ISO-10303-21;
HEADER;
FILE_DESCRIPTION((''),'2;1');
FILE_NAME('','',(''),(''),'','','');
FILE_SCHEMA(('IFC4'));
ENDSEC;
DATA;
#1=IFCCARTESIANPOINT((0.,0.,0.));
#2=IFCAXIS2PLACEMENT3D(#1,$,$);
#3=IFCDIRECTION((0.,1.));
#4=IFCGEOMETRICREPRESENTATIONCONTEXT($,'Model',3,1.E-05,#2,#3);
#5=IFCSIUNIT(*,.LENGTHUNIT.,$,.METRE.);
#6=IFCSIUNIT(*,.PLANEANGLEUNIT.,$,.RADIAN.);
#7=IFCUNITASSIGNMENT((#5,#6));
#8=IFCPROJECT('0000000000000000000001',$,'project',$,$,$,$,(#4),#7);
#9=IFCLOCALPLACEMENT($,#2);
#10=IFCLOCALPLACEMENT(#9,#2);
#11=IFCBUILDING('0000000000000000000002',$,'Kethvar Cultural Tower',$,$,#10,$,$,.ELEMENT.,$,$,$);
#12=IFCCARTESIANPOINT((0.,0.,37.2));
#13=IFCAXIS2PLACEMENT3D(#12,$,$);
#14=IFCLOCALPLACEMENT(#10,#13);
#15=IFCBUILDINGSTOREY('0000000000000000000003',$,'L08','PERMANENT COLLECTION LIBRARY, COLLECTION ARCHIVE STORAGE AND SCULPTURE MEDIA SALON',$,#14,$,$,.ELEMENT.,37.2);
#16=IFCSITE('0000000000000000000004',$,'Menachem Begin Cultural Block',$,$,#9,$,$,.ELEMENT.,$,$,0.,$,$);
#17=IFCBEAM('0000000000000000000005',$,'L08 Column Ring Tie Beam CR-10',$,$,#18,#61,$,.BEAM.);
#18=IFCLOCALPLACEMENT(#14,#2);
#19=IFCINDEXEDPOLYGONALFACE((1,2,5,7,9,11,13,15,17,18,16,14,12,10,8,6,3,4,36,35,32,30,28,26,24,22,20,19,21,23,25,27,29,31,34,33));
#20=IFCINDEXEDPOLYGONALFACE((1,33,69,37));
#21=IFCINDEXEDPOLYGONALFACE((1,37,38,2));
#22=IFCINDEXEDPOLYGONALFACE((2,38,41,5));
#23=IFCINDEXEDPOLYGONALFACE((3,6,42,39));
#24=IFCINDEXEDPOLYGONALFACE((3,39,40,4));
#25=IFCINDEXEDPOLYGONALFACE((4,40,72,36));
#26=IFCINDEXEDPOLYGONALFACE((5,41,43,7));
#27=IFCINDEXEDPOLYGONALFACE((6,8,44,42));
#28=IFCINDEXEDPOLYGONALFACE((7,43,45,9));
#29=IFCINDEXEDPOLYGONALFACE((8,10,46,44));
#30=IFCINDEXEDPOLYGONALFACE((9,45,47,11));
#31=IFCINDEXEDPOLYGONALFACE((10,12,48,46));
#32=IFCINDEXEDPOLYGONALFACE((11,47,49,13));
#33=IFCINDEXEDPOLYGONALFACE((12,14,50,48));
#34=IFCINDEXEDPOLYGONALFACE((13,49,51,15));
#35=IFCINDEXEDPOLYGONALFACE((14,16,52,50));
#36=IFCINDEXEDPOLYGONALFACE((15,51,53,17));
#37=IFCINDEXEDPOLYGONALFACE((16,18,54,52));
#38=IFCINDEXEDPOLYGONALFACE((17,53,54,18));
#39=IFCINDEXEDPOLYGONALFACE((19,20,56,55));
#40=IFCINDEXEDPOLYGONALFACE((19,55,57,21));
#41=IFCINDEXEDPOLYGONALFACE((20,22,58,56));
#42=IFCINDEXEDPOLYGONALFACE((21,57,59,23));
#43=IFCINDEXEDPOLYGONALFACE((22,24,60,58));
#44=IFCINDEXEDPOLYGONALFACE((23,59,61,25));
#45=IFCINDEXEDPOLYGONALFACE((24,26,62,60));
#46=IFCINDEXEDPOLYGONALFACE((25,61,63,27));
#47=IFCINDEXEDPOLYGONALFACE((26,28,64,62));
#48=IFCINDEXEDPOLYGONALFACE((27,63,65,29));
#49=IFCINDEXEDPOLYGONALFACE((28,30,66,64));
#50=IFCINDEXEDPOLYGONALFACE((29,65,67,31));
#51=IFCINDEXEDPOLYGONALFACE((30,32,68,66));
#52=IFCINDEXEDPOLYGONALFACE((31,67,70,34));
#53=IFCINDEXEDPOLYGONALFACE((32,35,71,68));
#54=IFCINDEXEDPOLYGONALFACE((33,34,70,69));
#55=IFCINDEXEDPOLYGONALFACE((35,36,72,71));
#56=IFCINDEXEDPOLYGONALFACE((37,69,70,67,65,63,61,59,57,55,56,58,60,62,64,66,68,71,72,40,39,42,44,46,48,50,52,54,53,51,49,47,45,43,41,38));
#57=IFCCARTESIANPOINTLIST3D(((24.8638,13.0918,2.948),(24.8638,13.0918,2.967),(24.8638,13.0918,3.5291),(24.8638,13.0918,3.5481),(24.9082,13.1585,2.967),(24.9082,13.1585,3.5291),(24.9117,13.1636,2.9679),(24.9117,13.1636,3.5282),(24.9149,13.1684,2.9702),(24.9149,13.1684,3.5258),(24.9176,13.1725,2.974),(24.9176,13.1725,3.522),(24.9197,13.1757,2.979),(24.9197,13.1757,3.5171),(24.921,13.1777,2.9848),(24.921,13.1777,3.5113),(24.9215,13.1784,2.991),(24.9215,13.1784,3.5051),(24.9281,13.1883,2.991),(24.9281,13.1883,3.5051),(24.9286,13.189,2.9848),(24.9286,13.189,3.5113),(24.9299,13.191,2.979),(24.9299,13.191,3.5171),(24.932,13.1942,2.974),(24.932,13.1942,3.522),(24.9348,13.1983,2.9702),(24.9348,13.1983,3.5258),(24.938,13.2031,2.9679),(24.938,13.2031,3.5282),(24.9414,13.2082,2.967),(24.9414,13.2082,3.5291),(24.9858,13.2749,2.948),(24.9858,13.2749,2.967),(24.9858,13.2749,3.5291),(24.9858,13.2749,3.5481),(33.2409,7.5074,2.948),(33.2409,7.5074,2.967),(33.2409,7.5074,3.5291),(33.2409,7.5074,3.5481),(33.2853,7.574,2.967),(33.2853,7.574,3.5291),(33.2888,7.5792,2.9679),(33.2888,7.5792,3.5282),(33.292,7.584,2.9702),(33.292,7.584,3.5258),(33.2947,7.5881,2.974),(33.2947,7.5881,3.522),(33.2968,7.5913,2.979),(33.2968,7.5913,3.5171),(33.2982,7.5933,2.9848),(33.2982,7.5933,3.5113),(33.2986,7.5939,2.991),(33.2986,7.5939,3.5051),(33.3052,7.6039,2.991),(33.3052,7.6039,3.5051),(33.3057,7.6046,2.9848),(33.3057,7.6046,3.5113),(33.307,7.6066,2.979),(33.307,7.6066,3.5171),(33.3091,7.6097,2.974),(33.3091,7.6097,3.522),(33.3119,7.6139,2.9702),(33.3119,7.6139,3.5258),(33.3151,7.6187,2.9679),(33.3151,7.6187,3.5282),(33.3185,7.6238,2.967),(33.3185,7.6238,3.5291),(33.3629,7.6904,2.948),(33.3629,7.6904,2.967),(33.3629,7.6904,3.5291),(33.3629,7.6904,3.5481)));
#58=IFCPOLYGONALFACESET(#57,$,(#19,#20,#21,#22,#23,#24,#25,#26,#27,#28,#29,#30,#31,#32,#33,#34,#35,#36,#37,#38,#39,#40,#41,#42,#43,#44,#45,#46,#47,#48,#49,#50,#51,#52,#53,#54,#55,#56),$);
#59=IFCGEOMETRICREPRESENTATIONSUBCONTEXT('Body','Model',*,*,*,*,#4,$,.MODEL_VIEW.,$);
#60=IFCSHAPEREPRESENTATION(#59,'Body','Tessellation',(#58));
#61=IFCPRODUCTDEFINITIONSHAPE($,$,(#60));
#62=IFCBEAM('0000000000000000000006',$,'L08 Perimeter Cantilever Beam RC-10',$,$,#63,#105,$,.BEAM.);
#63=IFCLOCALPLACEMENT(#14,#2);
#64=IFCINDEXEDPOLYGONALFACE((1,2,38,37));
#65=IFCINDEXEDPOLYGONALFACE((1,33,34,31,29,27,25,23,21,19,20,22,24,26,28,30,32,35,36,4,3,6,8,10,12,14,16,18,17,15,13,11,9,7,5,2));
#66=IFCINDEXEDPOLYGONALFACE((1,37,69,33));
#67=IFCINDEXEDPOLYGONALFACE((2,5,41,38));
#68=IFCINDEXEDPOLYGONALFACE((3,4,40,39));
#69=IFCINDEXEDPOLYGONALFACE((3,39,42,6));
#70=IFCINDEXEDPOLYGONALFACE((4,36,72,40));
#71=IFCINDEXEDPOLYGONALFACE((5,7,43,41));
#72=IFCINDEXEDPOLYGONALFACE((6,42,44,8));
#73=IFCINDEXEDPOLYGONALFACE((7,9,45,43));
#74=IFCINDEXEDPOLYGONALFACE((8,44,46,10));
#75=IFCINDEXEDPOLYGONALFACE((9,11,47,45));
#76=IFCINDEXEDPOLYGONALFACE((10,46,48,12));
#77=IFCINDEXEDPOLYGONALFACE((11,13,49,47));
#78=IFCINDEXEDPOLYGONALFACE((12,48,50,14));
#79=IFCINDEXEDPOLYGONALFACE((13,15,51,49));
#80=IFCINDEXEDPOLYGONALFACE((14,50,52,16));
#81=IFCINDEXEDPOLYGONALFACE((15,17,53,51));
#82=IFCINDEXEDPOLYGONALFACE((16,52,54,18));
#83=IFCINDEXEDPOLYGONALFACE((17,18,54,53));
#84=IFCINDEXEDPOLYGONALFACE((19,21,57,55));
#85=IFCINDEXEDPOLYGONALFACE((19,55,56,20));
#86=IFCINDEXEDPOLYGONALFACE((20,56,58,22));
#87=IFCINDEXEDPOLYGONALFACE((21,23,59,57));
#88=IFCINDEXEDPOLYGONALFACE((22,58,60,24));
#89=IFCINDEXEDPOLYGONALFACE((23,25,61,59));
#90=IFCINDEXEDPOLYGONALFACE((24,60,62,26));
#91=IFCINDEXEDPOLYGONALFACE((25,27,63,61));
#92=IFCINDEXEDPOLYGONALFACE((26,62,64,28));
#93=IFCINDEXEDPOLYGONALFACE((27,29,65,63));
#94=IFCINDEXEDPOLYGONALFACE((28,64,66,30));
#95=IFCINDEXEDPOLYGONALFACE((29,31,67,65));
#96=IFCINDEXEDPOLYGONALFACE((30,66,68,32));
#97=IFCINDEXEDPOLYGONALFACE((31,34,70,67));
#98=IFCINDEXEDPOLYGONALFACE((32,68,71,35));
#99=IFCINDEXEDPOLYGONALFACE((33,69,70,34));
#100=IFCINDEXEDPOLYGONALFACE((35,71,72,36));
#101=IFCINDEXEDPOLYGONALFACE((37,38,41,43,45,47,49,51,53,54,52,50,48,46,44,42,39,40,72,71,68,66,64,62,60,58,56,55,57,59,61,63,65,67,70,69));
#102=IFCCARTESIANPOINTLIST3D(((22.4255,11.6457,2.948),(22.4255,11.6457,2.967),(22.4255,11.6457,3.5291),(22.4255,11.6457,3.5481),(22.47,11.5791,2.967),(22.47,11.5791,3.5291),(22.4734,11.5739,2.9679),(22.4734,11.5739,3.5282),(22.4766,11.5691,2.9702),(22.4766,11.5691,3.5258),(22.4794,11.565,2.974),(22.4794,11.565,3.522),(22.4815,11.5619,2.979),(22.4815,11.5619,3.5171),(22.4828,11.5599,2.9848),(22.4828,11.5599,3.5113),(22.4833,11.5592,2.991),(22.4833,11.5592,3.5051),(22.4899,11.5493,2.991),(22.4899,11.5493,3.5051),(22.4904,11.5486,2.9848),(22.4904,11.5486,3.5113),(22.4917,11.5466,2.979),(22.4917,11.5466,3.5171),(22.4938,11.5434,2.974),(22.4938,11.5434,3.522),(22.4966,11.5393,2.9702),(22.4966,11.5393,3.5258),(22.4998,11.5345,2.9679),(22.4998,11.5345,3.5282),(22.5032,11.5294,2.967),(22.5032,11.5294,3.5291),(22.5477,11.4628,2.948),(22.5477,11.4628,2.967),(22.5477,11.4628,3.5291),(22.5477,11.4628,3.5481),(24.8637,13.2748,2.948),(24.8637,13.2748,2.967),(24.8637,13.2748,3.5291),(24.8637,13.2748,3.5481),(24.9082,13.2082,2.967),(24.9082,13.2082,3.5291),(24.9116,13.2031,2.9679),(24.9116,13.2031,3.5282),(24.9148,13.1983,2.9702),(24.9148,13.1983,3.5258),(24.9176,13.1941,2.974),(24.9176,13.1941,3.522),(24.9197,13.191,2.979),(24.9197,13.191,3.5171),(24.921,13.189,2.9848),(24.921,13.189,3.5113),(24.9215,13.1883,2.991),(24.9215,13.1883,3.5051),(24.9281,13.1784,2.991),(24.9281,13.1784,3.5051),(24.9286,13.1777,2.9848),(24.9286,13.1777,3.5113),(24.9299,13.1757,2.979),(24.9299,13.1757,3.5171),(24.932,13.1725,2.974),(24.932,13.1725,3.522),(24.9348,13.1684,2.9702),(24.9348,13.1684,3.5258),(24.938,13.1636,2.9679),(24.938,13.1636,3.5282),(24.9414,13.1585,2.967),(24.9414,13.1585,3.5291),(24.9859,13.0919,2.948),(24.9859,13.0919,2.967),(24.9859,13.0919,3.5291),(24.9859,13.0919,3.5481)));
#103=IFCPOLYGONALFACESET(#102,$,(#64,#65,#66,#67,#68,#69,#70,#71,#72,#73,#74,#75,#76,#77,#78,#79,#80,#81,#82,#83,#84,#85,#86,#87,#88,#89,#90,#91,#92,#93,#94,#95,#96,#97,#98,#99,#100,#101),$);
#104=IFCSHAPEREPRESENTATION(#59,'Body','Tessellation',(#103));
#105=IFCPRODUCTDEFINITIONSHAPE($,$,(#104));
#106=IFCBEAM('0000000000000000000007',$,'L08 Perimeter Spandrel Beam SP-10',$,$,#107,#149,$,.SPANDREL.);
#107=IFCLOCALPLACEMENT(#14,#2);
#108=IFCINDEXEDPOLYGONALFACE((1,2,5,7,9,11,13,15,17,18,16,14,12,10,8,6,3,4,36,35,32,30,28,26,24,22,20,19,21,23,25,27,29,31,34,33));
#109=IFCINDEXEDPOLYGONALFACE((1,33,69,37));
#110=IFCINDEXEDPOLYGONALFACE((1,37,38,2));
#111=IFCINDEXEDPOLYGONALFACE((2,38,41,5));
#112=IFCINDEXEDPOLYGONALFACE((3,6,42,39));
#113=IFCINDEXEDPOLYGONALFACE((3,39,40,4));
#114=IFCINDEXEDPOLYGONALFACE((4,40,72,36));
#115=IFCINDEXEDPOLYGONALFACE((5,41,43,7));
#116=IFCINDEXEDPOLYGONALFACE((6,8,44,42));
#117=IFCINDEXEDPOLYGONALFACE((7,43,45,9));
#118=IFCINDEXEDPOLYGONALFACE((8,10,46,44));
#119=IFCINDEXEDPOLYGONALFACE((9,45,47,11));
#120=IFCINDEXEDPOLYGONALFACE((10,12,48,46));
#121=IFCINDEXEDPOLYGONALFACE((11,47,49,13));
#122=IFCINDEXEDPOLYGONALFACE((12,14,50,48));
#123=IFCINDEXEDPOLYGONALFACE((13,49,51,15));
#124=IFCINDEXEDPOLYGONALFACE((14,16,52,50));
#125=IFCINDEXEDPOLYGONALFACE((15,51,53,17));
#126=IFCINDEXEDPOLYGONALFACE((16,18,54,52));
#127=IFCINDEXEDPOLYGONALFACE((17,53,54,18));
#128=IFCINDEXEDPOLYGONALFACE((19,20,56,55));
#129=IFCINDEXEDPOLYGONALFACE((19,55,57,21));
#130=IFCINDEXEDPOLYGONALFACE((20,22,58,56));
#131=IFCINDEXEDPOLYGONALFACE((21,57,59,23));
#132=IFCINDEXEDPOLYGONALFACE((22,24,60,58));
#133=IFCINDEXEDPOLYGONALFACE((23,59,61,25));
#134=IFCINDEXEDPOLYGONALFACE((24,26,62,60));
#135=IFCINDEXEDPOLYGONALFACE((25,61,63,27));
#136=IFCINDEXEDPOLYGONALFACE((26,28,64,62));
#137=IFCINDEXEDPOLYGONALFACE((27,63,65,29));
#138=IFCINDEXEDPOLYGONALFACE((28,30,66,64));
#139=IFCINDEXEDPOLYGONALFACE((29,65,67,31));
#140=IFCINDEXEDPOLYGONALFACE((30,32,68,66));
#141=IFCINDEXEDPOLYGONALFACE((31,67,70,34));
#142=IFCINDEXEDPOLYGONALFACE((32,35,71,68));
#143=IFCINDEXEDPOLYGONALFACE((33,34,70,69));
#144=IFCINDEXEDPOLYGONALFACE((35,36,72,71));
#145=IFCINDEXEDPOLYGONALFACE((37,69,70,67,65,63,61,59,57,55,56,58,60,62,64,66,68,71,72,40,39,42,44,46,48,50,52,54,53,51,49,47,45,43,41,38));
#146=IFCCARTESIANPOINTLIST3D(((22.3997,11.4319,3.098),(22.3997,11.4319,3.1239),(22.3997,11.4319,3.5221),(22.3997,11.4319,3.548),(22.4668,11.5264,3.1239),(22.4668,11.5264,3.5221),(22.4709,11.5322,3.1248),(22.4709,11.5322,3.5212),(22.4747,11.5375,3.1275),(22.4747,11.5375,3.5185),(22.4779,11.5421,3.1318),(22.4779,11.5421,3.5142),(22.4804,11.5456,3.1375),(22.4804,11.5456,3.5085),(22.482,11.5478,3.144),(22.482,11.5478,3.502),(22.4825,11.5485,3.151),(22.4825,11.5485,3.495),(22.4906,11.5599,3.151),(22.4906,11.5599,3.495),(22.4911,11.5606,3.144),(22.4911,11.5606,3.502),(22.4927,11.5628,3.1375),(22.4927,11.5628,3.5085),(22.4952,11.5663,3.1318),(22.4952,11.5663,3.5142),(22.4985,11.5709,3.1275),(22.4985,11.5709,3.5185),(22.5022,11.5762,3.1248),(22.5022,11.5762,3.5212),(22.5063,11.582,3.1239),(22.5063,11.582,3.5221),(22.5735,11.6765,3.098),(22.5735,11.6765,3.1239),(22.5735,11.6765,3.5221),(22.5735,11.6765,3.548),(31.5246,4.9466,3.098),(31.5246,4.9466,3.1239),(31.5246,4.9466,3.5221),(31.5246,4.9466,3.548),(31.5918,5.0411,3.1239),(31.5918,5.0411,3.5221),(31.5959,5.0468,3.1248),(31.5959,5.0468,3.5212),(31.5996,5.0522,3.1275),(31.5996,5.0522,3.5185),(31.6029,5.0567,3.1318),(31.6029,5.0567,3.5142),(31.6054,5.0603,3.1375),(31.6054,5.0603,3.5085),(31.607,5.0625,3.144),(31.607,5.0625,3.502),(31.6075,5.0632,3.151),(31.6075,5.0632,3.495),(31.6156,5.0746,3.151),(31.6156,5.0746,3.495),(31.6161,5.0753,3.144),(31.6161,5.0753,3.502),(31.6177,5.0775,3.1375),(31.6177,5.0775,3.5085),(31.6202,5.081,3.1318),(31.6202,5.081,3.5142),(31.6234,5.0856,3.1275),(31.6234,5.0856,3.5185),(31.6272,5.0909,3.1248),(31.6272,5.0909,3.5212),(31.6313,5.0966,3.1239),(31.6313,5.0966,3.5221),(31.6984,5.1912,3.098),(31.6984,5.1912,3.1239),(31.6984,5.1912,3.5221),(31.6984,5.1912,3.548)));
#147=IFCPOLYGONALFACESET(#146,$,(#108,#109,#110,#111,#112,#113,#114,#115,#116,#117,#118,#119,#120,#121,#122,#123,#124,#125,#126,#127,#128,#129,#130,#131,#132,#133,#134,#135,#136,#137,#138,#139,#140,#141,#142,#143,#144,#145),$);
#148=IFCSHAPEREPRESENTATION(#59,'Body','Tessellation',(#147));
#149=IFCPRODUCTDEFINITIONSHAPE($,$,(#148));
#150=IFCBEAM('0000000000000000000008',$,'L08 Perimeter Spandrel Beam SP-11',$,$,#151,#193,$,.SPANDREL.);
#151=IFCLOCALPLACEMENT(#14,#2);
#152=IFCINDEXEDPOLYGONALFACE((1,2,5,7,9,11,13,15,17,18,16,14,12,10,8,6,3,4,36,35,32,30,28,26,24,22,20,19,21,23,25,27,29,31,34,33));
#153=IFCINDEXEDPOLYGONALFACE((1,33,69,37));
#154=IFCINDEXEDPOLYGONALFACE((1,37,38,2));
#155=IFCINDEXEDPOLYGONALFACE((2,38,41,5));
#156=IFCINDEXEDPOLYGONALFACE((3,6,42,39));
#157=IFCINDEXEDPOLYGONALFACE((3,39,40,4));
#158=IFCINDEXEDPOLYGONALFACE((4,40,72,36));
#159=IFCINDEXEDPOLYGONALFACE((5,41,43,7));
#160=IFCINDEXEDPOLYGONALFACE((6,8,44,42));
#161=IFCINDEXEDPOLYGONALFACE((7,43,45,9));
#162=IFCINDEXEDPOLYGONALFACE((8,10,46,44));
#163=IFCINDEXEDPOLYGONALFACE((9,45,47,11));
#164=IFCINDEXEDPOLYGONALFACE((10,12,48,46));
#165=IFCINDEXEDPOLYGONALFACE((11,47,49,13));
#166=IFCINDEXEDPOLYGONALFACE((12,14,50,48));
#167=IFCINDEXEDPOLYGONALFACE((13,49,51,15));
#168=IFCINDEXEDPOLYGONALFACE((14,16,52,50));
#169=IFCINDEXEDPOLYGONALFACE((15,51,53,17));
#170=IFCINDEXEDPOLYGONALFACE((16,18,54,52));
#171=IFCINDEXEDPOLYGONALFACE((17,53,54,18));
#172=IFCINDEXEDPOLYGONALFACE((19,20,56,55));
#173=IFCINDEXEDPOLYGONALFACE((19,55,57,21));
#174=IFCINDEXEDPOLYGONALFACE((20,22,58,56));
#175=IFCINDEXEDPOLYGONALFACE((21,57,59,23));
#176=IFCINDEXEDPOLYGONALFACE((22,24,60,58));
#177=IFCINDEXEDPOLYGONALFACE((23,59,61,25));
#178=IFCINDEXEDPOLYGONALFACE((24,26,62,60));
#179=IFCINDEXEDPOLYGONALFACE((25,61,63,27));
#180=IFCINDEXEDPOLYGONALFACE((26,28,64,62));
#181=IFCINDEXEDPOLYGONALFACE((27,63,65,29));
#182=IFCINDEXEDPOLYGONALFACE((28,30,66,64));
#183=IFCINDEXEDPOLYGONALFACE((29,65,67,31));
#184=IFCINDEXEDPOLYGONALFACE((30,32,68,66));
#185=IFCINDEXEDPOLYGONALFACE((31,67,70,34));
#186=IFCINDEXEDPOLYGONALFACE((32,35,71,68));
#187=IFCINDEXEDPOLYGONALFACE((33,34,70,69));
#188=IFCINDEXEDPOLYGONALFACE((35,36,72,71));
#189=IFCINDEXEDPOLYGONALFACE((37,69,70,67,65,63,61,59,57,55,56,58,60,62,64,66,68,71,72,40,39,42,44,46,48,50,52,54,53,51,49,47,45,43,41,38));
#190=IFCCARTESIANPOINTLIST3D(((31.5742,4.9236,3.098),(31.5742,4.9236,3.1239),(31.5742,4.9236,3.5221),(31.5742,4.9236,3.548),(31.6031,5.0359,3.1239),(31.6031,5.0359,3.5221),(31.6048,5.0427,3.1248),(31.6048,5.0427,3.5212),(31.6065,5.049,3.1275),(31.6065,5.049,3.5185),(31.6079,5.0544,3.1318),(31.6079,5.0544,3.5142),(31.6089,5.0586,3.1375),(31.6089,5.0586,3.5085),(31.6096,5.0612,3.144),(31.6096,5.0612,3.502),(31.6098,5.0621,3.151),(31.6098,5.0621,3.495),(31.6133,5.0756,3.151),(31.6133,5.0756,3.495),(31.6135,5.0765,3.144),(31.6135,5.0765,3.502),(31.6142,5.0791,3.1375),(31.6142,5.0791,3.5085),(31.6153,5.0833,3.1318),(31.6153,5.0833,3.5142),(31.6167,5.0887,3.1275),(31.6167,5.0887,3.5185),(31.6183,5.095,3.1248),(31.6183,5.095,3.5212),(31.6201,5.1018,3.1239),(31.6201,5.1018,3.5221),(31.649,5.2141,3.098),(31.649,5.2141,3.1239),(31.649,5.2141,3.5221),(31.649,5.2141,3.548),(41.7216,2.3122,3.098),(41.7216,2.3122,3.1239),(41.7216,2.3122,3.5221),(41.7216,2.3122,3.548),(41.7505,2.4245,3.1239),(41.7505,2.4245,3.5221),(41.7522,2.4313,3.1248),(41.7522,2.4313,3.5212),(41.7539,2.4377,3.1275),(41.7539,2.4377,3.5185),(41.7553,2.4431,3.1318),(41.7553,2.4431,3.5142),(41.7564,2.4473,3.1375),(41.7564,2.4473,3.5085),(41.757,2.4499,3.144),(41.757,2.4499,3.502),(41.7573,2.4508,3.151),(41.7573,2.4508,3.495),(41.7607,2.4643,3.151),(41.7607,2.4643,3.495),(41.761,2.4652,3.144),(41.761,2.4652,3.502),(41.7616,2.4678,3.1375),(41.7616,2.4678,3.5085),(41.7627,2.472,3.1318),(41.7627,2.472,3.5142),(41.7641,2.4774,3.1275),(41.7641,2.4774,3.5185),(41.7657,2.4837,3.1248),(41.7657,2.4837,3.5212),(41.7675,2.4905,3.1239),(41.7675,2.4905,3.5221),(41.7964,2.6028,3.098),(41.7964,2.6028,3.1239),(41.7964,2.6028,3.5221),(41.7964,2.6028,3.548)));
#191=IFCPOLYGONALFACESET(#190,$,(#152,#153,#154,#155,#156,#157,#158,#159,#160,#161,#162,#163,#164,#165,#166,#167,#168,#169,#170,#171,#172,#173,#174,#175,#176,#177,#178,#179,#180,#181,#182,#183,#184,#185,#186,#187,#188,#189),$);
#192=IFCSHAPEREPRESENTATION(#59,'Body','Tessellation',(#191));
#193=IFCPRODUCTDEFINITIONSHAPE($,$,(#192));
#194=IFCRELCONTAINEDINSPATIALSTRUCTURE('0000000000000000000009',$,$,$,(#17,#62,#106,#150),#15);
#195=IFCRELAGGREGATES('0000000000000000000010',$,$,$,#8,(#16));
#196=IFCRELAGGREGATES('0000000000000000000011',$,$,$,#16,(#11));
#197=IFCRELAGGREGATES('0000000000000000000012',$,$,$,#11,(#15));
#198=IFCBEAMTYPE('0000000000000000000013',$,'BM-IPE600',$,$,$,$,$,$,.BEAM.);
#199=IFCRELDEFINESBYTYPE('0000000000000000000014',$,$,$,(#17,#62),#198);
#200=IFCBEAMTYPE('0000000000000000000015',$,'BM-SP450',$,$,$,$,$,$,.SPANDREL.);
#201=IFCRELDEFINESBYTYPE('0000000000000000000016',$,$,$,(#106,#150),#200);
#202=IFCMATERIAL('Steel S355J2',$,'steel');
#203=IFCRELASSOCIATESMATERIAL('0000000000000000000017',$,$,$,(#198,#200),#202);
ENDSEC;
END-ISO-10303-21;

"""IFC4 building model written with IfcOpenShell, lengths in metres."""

from ifc_helpers import new_model, si_unit, direction, frame, origin, origin_2d, place, context, subcontext, project, spatial, i_section, extrude, source, transform, mapped, material, material_profile, profile_set, type_object, element, save


model = new_model("IFC4")

# Units and contexts
model_context = context("Model", 3, precision=1e-05, world=origin(), true_north=direction((0.0, 1.0)))
body_context = subcontext(model_context, "Body", "Model", "MODEL_VIEW")
ifc_project = project(units=[si_unit("LENGTHUNIT", "METRE"), si_unit("PLANEANGLEUNIT", "RADIAN")], contexts=[model_context])

# Site, building, storey
site_placement = place(None, origin())
site = spatial("IfcSite", under=ifc_project, at=site_placement, Name="Menachem Begin Cultural Block", CompositionType="ELEMENT", RefElevation=0.0)
building_placement = place(site_placement, origin())
building = spatial("IfcBuilding", under=site, at=building_placement, Name="Kethvar Cultural Tower", CompositionType="ELEMENT")
storey_placement = place(building_placement, frame((0.0, 0.0, 37.2)))
storey = spatial("IfcBuildingStorey", under=building, at=storey_placement, Name="L08", Description="PERMANENT COLLECTION LIBRARY, COLLECTION ARCHIVE STORAGE AND SCULPTURE MEDIA SALON", CompositionType="ELEMENT", Elevation=37.2)

# Beams
ifc_material_1 = material(Name="Steel S355J2", Category="steel")
ifc_material_profile_1 = material_profile(ifc_material_1, i_section(OverallWidth=0.22, OverallDepth=0.6001, WebThickness=0.012, FlangeThickness=0.019, FilletRadius=0.0239, at=origin_2d()), Name="Steel S355J2 — IPE600")
ifc_profile_set_1 = profile_set([ifc_material_profile_1], Name="Steel S355J2 — IPE600")
beam_type_1 = type_object("IfcBeamType", Name="BM-IPE600", PredefinedType="BEAM", material=ifc_profile_set_1)
shared_shape_1 = source(origin(), body_context, "Body", "SweptSolid", [
    extrude(i_section(OverallWidth=0.22, OverallDepth=0.6001, WebThickness=0.012, FlangeThickness=0.019, FilletRadius=0.0239, at=origin_2d()), origin(), (0.0, 0.0, 1.0), 10.0679),
])
beam_1_placement = place(storey_placement, frame((24.9248, 13.1833, 3.248), z_axis=(0.832065, -0.554678, 0.0), x_axis=(0.554678, 0.832065, 0.0)))
element("IfcBeam", 1, at=beam_1_placement, inside=storey, type_object=beam_type_1, Name="L08 Column Ring Tie Beam CR-10", PredefinedType="BEAM", context=body_context, shape_type="MappedRepresentation", body=[
    mapped(shared_shape_1, transform((0.0, 0.0, 0.0), scale=1.0)),
])
shared_shape_2 = source(origin(), body_context, "Body", "SweptSolid", [
    extrude(i_section(OverallWidth=0.22, OverallDepth=0.6001, WebThickness=0.012, FlangeThickness=0.019, FilletRadius=0.0239, at=origin_2d()), origin(), (0.0, 0.0, 1.0), 2.9324),
])
beam_2_placement = place(storey_placement, frame((24.9248, 13.1833, 3.248), z_axis=(-0.831473, -0.555564, 0.0), x_axis=(0.555564, -0.831473, 0.0)))
element("IfcBeam", 2, at=beam_2_placement, inside=storey, type_object=beam_type_1, Name="L08 Perimeter Cantilever Beam RC-10", PredefinedType="BEAM", context=body_context, shape_type="MappedRepresentation", body=[
    mapped(shared_shape_2, transform((0.0, 0.0, 0.0), scale=1.0)),
])
ifc_material_profile_2 = material_profile(ifc_material_1, i_section(OverallWidth=0.3, OverallDepth=0.45, WebThickness=0.0139, FlangeThickness=0.0259, FilletRadius=0.0271, at=origin_2d()), Name="Steel S355J2 — HEB450")
ifc_profile_set_2 = profile_set([ifc_material_profile_2], Name="Steel S355J2 — HEB450")
beam_type_2 = type_object("IfcBeamType", Name="BM-SP450", PredefinedType="SPANDREL", material=ifc_profile_set_2)
shared_shape_3 = source(origin(), body_context, "Body", "SweptSolid", [
    extrude(i_section(OverallWidth=0.3, OverallDepth=0.45, WebThickness=0.0139, FlangeThickness=0.0259, FilletRadius=0.0271, at=origin_2d()), origin(), (0.0, 0.0, 1.0), 11.1948),
])
beam_3_placement = place(storey_placement, frame((22.4866, 11.5542, 3.323), z_axis=(0.815105, -0.579314, 0.0), x_axis=(0.579314, 0.815105, 0.0)))
element("IfcBeam", 3, at=beam_3_placement, inside=storey, type_object=beam_type_2, Name="L08 Perimeter Spandrel Beam SP-10", PredefinedType="SPANDREL", context=body_context, shape_type="MappedRepresentation", body=[
    mapped(shared_shape_3, transform((0.0, 0.0, 0.0), scale=1.0)),
])
shared_shape_4 = source(origin(), body_context, "Body", "SweptSolid", [
    extrude(i_section(OverallWidth=0.3, OverallDepth=0.45, WebThickness=0.0139, FlangeThickness=0.0259, FilletRadius=0.0271, at=origin_2d()), origin(), (0.0, 0.0, 1.0), 10.478),
])
beam_4_placement = place(storey_placement, frame((31.6116, 5.0688, 3.323), z_axis=(0.968447, -0.249218, 0.0), x_axis=(0.249218, 0.968447, 0.0)))
element("IfcBeam", 4, at=beam_4_placement, inside=storey, type_object=beam_type_2, Name="L08 Perimeter Spandrel Beam SP-11", PredefinedType="SPANDREL", context=body_context, shape_type="MappedRepresentation", body=[
    mapped(shared_shape_4, transform((0.0, 0.0, 0.0), scale=1.0)),
])

save(model, "model.ifc")
